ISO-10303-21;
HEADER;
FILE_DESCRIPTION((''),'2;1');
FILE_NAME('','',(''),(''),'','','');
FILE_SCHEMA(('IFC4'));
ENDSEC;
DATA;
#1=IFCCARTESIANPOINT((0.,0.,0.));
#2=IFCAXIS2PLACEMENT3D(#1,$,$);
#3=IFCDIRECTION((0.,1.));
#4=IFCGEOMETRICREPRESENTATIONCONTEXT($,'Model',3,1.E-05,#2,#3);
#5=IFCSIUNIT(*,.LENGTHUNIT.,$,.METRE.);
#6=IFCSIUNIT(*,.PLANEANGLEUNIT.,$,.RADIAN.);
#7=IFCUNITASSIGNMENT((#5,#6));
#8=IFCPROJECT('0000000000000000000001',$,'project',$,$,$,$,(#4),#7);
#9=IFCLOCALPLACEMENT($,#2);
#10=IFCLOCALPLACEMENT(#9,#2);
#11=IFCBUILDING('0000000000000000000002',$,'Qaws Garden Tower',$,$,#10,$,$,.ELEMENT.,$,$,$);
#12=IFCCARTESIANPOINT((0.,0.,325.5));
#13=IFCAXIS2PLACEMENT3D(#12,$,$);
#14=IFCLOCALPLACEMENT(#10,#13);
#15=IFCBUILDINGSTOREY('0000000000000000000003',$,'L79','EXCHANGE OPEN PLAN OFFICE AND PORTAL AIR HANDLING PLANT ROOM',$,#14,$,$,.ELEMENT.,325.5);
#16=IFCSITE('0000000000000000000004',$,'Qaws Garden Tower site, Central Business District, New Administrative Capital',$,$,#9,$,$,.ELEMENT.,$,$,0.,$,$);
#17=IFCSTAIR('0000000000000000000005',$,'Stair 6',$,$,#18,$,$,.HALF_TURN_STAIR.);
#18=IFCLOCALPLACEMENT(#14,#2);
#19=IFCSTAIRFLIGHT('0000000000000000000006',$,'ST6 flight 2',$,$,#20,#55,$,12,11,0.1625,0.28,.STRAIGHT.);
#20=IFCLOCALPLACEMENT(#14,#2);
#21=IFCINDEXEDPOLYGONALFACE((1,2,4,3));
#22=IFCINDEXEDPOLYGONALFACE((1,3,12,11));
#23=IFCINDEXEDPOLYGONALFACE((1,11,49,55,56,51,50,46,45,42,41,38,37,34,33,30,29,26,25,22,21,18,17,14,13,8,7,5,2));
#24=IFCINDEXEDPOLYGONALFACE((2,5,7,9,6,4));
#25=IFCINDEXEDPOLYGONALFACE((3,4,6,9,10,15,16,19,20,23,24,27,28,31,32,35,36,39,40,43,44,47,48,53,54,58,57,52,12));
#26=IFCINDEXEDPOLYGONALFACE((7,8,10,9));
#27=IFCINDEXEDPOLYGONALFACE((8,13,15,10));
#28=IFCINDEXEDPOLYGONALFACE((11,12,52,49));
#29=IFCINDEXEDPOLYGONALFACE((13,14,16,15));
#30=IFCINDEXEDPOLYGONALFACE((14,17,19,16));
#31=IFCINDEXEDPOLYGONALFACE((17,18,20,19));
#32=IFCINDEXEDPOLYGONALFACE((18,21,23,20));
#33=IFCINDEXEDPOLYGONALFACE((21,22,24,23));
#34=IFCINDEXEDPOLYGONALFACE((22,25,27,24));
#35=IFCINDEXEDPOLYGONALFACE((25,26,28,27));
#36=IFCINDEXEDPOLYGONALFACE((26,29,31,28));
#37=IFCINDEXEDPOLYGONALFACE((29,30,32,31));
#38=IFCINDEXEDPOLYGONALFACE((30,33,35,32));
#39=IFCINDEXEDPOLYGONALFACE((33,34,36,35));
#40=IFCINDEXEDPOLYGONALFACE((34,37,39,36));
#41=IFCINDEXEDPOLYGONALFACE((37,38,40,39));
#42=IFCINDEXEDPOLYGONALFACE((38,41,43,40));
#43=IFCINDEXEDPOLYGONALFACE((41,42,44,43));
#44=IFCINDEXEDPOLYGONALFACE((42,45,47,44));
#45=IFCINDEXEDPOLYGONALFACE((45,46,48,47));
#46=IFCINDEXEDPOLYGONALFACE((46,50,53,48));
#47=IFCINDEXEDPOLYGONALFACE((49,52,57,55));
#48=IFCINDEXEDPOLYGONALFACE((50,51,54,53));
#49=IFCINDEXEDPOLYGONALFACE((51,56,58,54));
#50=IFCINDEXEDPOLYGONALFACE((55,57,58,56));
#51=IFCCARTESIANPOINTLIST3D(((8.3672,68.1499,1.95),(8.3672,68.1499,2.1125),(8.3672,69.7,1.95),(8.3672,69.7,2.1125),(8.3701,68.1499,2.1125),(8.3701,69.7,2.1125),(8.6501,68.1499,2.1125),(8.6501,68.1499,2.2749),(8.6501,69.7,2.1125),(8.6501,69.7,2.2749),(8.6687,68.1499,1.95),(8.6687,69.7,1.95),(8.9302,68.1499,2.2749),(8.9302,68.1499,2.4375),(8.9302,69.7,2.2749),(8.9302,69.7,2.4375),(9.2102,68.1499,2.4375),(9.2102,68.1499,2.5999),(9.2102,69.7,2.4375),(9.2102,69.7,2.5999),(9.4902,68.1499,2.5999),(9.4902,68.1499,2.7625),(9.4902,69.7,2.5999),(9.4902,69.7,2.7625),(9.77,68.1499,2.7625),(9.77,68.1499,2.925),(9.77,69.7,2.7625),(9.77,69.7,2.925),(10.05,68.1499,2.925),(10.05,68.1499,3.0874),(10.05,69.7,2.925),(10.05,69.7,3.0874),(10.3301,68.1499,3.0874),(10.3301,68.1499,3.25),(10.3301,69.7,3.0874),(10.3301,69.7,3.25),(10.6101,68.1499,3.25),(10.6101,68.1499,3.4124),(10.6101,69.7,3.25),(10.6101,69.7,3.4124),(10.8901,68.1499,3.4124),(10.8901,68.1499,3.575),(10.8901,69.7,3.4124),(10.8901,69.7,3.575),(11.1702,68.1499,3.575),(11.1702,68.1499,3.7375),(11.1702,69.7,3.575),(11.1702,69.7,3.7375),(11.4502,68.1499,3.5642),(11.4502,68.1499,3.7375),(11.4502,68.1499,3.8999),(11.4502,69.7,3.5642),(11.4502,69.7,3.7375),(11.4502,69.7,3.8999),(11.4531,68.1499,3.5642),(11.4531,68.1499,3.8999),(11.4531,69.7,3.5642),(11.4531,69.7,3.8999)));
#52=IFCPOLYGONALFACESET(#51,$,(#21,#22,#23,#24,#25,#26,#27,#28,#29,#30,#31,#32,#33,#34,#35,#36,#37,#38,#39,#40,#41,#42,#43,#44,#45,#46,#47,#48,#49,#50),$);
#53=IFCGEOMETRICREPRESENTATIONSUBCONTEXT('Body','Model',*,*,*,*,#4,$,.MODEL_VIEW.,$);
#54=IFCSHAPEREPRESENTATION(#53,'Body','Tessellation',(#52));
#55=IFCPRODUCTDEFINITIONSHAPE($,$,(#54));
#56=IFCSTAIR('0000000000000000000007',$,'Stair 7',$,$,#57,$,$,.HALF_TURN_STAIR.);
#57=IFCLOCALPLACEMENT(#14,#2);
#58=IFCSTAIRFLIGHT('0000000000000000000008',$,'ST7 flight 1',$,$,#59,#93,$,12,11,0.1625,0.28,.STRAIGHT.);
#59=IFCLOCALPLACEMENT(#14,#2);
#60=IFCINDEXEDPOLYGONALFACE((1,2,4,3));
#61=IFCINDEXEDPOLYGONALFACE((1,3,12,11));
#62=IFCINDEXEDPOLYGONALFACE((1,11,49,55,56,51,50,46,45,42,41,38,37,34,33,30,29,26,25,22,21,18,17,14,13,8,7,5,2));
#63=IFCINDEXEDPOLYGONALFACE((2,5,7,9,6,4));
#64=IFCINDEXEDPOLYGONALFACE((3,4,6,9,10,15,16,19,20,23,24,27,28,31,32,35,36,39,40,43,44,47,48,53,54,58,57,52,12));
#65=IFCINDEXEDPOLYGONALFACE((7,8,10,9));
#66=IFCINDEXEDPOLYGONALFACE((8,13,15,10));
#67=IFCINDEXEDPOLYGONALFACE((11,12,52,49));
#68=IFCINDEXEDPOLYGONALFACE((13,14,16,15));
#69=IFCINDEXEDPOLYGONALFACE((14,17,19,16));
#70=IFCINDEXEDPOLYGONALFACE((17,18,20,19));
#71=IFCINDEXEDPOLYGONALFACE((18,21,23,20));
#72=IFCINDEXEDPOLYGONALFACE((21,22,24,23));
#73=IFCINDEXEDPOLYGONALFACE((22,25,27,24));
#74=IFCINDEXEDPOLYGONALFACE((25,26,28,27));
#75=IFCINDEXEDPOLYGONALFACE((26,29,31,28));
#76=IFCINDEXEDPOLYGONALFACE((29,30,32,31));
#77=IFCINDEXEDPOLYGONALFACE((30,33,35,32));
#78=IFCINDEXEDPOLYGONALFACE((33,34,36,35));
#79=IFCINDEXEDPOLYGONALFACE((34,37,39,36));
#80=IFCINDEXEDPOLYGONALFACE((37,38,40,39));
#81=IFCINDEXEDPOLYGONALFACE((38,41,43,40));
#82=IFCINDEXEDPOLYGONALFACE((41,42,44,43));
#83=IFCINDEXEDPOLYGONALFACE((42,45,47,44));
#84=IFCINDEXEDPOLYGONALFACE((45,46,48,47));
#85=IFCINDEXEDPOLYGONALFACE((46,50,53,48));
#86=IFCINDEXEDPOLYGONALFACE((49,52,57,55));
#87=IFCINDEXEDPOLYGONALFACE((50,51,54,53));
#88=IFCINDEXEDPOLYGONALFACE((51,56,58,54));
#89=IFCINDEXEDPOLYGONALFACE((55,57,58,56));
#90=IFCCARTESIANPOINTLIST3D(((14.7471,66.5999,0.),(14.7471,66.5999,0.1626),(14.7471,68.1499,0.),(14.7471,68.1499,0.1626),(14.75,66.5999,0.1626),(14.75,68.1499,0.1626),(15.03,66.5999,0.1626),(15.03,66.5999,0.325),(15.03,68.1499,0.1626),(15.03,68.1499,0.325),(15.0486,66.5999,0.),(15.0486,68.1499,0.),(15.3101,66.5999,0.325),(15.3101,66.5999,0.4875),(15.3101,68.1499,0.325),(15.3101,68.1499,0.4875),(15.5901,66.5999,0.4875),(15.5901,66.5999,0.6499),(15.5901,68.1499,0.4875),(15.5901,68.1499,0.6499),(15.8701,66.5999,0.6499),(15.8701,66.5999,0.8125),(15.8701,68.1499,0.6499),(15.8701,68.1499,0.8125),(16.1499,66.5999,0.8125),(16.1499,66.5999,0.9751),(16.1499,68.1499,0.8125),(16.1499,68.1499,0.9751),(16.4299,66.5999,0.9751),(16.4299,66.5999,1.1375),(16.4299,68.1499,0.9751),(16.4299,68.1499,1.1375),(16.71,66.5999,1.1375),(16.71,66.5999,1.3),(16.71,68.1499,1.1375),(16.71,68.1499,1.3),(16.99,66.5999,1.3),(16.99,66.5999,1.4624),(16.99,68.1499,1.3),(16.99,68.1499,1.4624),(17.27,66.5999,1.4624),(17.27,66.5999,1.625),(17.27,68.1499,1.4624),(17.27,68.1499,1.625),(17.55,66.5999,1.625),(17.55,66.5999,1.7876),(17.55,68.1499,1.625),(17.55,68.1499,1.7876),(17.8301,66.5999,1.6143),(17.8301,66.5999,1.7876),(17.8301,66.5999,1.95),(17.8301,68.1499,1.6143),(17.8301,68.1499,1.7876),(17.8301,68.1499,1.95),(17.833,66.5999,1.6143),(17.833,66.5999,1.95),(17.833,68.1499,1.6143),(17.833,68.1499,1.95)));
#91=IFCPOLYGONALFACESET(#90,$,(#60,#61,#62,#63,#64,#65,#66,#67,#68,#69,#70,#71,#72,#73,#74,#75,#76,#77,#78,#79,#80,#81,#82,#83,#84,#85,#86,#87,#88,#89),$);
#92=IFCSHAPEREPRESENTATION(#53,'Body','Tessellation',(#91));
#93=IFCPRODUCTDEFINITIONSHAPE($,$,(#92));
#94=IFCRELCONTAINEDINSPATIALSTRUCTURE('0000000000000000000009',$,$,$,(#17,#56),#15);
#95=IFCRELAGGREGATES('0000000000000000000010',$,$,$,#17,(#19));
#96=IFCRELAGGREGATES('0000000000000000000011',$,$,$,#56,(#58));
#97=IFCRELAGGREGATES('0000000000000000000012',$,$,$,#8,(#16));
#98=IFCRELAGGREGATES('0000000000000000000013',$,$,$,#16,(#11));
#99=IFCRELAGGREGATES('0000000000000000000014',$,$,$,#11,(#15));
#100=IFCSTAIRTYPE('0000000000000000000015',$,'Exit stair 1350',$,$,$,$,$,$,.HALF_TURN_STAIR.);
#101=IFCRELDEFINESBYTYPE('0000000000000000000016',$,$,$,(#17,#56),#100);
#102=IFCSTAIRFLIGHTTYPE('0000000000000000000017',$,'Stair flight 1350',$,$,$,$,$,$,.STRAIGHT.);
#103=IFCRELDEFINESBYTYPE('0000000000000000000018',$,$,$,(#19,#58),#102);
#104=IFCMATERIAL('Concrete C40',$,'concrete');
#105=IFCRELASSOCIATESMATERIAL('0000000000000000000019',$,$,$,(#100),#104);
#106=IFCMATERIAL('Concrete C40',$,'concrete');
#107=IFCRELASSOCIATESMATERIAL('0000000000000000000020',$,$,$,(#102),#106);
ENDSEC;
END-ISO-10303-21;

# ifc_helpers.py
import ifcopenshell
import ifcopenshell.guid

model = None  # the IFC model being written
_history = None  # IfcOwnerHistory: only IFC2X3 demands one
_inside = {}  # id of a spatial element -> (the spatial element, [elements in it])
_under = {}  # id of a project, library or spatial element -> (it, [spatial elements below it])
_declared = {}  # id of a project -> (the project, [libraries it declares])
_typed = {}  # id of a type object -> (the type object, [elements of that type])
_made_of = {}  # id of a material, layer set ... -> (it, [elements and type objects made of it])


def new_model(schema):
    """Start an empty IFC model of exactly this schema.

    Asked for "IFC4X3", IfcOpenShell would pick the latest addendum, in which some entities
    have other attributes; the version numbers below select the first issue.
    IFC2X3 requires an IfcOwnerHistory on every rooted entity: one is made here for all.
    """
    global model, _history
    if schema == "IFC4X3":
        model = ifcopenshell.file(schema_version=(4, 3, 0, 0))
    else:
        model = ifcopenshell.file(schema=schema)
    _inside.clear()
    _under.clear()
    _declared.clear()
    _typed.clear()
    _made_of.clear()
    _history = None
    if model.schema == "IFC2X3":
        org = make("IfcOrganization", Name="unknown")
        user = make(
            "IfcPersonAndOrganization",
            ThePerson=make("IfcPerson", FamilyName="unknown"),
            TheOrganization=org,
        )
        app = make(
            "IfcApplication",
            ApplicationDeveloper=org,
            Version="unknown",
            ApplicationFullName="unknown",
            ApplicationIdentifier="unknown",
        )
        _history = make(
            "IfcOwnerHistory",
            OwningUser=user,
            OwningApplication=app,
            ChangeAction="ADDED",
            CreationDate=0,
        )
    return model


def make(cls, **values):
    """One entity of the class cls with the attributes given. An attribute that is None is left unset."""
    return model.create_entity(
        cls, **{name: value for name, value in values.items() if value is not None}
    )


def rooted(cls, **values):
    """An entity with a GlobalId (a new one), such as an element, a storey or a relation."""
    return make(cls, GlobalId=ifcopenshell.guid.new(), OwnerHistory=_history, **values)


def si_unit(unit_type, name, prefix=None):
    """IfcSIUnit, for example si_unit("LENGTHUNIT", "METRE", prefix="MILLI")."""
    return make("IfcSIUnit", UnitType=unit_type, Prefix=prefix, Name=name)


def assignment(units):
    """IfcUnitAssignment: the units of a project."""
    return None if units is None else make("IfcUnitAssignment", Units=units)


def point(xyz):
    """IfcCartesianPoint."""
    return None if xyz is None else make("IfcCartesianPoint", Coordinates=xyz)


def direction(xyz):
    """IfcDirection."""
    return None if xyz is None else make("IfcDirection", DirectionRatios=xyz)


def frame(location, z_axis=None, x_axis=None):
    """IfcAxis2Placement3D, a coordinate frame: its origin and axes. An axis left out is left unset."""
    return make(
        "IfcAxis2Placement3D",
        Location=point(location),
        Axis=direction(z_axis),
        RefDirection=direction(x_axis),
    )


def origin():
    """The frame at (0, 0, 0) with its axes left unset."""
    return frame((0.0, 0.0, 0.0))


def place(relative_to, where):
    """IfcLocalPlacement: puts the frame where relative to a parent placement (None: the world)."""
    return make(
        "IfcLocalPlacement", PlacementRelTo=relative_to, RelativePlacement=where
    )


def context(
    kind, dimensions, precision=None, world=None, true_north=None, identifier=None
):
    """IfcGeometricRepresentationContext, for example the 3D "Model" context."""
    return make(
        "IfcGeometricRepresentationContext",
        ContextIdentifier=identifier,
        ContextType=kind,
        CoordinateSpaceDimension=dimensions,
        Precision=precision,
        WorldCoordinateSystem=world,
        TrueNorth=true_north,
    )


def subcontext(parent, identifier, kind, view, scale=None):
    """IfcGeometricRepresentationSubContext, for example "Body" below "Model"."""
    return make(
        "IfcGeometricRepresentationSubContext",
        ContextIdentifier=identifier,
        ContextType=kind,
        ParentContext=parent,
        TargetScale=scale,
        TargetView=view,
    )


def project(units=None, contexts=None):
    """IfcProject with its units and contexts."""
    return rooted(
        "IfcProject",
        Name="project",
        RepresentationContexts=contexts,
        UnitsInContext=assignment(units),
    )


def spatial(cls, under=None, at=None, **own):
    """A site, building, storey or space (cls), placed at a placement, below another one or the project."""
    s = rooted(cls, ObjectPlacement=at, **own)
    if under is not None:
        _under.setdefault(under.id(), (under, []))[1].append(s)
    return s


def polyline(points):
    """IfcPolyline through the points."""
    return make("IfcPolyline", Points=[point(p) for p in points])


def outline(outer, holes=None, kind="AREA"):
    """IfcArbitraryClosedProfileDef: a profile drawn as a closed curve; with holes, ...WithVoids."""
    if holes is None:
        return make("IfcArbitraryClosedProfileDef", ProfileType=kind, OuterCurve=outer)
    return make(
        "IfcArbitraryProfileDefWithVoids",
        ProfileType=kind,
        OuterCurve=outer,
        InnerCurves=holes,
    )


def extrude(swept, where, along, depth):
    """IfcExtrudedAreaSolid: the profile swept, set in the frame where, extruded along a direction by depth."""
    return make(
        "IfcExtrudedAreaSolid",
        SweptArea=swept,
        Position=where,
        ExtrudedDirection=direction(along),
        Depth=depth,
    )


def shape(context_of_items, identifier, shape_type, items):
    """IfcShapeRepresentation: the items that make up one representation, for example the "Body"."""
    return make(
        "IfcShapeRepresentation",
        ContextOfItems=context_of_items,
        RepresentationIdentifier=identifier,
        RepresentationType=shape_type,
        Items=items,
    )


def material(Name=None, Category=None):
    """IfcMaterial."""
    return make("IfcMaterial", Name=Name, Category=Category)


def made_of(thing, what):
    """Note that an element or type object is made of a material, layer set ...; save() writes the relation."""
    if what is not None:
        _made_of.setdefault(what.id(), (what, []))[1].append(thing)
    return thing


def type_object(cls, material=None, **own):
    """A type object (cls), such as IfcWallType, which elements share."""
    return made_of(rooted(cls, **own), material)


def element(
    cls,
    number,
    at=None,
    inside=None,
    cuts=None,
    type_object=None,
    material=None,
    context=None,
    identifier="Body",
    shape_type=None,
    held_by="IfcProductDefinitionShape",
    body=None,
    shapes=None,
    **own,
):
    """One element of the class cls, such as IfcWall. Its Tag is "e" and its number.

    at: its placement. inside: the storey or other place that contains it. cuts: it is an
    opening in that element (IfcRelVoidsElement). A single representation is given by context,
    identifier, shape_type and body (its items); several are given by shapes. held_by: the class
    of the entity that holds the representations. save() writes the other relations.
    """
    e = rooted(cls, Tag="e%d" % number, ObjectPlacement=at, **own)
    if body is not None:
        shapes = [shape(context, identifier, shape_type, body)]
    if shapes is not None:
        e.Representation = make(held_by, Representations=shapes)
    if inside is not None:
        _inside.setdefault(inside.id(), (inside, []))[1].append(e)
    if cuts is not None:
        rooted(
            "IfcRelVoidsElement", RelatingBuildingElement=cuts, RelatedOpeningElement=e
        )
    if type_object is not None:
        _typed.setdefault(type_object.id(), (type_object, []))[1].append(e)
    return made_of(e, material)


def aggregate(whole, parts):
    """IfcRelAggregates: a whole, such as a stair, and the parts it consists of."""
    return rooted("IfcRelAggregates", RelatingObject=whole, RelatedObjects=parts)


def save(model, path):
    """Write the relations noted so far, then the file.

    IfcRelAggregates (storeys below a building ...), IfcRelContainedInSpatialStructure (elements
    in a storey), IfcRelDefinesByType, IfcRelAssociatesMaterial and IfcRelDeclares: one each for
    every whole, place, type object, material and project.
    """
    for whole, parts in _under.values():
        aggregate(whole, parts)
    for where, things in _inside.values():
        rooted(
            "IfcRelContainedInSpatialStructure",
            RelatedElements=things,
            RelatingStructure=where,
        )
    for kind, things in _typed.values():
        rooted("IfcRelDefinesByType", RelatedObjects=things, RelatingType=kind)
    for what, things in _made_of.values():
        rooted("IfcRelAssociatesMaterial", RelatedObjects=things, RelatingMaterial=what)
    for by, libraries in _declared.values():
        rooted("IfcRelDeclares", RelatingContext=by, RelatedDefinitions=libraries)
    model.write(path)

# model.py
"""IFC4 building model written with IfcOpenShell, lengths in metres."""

from ifc_helpers import new_model, si_unit, direction, frame, origin, place, context, subcontext, project, spatial, polyline, outline, extrude, material, type_object, element, aggregate, save


model = new_model("IFC4")

# Units and contexts
model_context = context("Model", 3, precision=1e-05, world=origin(), true_north=direction((0.0, 1.0)))
body_context = subcontext(model_context, "Body", "Model", "MODEL_VIEW")
ifc_project = project(units=[si_unit("LENGTHUNIT", "METRE"), si_unit("PLANEANGLEUNIT", "RADIAN")], contexts=[model_context])

# Site, building, storey
site_placement = place(None, origin())
site = spatial("IfcSite", under=ifc_project, at=site_placement, Name="Qaws Garden Tower site, Central Business District, New Administrative Capital", CompositionType="ELEMENT", RefElevation=0.0)
building_placement = place(site_placement, origin())
building = spatial("IfcBuilding", under=site, at=building_placement, Name="Qaws Garden Tower", CompositionType="ELEMENT")
storey_placement = place(building_placement, frame((0.0, 0.0, 325.5)))
storey = spatial("IfcBuildingStorey", under=building, at=storey_placement, Name="L79", Description="EXCHANGE OPEN PLAN OFFICE AND PORTAL AIR HANDLING PLANT ROOM", CompositionType="ELEMENT", Elevation=325.5)

# Shared definitions
placement = place(storey_placement, origin())

# Stair, stair flight
ifc_material_1 = material(Name="Concrete C40", Category="concrete")
stair_type = type_object("IfcStairType", Name="Exit stair 1350", PredefinedType="HALF_TURN_STAIR", material=ifc_material_1)
stair_1 = element("IfcStair", 1, at=placement, inside=storey, type_object=stair_type, Name="Stair 6", PredefinedType="HALF_TURN_STAIR")
ifc_material_2 = material(Name="Concrete C40", Category="concrete")
stair_flight_type = type_object("IfcStairFlightType", Name="Stair flight 1350", PredefinedType="STRAIGHT", material=ifc_material_2)
stair_flight_1_placement = place(storey_placement, frame((8.3701, 68.925, 1.95), z_axis=(0.0, 0.0, 1.0), x_axis=(1.0, 0.0, 0.0)))
stair_flight_1 = element("IfcStairFlight", 2, at=stair_flight_1_placement, type_object=stair_flight_type, Name="ST6 flight 2", NumberOfRisers=12, NumberOfTreads=11, PredefinedType="STRAIGHT", RiserHeight=0.1625, TreadLength=0.28, context=body_context, shape_type="SweptSolid", body=[
    extrude(outline(polyline([(-0.0029, 0.0), (-0.0029, 0.1626), (0.0, 0.1626), (0.28, 0.1626), (0.28, 0.325), (0.5601, 0.325), (0.5601, 0.4875), (0.8401, 0.4875), (0.8401, 0.6499), (1.1201, 0.6499), (1.1201, 0.8125), (1.3999, 0.8125), (1.3999, 0.9751), (1.6799, 0.9751), (1.6799, 1.1375), (1.96, 1.1375), (1.96, 1.3), (2.24, 1.3), (2.24, 1.4624), (2.52, 1.4624), (2.52, 1.625), (2.8, 1.625), (2.8, 1.7876), (3.0801, 1.7876), (3.0801, 1.95), (3.083, 1.95), (3.083, 1.6143), (3.0801, 1.6143), (0.2986, 0.0), (-0.0029, 0.0)])), frame((0.0, 0.7749, 0.0), z_axis=(0.0, -1.0, 0.0), x_axis=(1.0, 0.0, 0.0)), (0.0, 0.0, 1.0), 1.55),
])
aggregate(stair_1, [stair_flight_1])

# Stair, stair flight
stair_2 = element("IfcStair", 3, at=placement, inside=storey, type_object=stair_type, Name="Stair 7", PredefinedType="HALF_TURN_STAIR")
stair_flight_2_placement = place(storey_placement, frame((14.75, 67.375, 0.0), z_axis=(0.0, 0.0, 1.0), x_axis=(1.0, 0.0, 0.0)))
stair_flight_2 = element("IfcStairFlight", 4, at=stair_flight_2_placement, type_object=stair_flight_type, Name="ST7 flight 1", NumberOfRisers=12, NumberOfTreads=11, PredefinedType="STRAIGHT", RiserHeight=0.1625, TreadLength=0.28, context=body_context, shape_type="SweptSolid", body=[
    extrude(outline(polyline([(-0.0029, 0.0), (-0.0029, 0.1626), (0.0, 0.1626), (0.28, 0.1626), (0.28, 0.325), (0.5601, 0.325), (0.5601, 0.4875), (0.8401, 0.4875), (0.8401, 0.6499), (1.1201, 0.6499), (1.1201, 0.8125), (1.3999, 0.8125), (1.3999, 0.9751), (1.6799, 0.9751), (1.6799, 1.1375), (1.96, 1.1375), (1.96, 1.3), (2.24, 1.3), (2.24, 1.4624), (2.52, 1.4624), (2.52, 1.625), (2.8, 1.625), (2.8, 1.7876), (3.0801, 1.7876), (3.0801, 1.95), (3.083, 1.95), (3.083, 1.6143), (3.0801, 1.6143), (0.2986, 0.0), (-0.0029, 0.0)])), frame((0.0, 0.7749, 0.0), z_axis=(0.0, -1.0, 0.0), x_axis=(1.0, 0.0, 0.0)), (0.0, 0.0, 1.0), 1.55),
])
aggregate(stair_2, [stair_flight_2])

save(model, "model.ifc")
